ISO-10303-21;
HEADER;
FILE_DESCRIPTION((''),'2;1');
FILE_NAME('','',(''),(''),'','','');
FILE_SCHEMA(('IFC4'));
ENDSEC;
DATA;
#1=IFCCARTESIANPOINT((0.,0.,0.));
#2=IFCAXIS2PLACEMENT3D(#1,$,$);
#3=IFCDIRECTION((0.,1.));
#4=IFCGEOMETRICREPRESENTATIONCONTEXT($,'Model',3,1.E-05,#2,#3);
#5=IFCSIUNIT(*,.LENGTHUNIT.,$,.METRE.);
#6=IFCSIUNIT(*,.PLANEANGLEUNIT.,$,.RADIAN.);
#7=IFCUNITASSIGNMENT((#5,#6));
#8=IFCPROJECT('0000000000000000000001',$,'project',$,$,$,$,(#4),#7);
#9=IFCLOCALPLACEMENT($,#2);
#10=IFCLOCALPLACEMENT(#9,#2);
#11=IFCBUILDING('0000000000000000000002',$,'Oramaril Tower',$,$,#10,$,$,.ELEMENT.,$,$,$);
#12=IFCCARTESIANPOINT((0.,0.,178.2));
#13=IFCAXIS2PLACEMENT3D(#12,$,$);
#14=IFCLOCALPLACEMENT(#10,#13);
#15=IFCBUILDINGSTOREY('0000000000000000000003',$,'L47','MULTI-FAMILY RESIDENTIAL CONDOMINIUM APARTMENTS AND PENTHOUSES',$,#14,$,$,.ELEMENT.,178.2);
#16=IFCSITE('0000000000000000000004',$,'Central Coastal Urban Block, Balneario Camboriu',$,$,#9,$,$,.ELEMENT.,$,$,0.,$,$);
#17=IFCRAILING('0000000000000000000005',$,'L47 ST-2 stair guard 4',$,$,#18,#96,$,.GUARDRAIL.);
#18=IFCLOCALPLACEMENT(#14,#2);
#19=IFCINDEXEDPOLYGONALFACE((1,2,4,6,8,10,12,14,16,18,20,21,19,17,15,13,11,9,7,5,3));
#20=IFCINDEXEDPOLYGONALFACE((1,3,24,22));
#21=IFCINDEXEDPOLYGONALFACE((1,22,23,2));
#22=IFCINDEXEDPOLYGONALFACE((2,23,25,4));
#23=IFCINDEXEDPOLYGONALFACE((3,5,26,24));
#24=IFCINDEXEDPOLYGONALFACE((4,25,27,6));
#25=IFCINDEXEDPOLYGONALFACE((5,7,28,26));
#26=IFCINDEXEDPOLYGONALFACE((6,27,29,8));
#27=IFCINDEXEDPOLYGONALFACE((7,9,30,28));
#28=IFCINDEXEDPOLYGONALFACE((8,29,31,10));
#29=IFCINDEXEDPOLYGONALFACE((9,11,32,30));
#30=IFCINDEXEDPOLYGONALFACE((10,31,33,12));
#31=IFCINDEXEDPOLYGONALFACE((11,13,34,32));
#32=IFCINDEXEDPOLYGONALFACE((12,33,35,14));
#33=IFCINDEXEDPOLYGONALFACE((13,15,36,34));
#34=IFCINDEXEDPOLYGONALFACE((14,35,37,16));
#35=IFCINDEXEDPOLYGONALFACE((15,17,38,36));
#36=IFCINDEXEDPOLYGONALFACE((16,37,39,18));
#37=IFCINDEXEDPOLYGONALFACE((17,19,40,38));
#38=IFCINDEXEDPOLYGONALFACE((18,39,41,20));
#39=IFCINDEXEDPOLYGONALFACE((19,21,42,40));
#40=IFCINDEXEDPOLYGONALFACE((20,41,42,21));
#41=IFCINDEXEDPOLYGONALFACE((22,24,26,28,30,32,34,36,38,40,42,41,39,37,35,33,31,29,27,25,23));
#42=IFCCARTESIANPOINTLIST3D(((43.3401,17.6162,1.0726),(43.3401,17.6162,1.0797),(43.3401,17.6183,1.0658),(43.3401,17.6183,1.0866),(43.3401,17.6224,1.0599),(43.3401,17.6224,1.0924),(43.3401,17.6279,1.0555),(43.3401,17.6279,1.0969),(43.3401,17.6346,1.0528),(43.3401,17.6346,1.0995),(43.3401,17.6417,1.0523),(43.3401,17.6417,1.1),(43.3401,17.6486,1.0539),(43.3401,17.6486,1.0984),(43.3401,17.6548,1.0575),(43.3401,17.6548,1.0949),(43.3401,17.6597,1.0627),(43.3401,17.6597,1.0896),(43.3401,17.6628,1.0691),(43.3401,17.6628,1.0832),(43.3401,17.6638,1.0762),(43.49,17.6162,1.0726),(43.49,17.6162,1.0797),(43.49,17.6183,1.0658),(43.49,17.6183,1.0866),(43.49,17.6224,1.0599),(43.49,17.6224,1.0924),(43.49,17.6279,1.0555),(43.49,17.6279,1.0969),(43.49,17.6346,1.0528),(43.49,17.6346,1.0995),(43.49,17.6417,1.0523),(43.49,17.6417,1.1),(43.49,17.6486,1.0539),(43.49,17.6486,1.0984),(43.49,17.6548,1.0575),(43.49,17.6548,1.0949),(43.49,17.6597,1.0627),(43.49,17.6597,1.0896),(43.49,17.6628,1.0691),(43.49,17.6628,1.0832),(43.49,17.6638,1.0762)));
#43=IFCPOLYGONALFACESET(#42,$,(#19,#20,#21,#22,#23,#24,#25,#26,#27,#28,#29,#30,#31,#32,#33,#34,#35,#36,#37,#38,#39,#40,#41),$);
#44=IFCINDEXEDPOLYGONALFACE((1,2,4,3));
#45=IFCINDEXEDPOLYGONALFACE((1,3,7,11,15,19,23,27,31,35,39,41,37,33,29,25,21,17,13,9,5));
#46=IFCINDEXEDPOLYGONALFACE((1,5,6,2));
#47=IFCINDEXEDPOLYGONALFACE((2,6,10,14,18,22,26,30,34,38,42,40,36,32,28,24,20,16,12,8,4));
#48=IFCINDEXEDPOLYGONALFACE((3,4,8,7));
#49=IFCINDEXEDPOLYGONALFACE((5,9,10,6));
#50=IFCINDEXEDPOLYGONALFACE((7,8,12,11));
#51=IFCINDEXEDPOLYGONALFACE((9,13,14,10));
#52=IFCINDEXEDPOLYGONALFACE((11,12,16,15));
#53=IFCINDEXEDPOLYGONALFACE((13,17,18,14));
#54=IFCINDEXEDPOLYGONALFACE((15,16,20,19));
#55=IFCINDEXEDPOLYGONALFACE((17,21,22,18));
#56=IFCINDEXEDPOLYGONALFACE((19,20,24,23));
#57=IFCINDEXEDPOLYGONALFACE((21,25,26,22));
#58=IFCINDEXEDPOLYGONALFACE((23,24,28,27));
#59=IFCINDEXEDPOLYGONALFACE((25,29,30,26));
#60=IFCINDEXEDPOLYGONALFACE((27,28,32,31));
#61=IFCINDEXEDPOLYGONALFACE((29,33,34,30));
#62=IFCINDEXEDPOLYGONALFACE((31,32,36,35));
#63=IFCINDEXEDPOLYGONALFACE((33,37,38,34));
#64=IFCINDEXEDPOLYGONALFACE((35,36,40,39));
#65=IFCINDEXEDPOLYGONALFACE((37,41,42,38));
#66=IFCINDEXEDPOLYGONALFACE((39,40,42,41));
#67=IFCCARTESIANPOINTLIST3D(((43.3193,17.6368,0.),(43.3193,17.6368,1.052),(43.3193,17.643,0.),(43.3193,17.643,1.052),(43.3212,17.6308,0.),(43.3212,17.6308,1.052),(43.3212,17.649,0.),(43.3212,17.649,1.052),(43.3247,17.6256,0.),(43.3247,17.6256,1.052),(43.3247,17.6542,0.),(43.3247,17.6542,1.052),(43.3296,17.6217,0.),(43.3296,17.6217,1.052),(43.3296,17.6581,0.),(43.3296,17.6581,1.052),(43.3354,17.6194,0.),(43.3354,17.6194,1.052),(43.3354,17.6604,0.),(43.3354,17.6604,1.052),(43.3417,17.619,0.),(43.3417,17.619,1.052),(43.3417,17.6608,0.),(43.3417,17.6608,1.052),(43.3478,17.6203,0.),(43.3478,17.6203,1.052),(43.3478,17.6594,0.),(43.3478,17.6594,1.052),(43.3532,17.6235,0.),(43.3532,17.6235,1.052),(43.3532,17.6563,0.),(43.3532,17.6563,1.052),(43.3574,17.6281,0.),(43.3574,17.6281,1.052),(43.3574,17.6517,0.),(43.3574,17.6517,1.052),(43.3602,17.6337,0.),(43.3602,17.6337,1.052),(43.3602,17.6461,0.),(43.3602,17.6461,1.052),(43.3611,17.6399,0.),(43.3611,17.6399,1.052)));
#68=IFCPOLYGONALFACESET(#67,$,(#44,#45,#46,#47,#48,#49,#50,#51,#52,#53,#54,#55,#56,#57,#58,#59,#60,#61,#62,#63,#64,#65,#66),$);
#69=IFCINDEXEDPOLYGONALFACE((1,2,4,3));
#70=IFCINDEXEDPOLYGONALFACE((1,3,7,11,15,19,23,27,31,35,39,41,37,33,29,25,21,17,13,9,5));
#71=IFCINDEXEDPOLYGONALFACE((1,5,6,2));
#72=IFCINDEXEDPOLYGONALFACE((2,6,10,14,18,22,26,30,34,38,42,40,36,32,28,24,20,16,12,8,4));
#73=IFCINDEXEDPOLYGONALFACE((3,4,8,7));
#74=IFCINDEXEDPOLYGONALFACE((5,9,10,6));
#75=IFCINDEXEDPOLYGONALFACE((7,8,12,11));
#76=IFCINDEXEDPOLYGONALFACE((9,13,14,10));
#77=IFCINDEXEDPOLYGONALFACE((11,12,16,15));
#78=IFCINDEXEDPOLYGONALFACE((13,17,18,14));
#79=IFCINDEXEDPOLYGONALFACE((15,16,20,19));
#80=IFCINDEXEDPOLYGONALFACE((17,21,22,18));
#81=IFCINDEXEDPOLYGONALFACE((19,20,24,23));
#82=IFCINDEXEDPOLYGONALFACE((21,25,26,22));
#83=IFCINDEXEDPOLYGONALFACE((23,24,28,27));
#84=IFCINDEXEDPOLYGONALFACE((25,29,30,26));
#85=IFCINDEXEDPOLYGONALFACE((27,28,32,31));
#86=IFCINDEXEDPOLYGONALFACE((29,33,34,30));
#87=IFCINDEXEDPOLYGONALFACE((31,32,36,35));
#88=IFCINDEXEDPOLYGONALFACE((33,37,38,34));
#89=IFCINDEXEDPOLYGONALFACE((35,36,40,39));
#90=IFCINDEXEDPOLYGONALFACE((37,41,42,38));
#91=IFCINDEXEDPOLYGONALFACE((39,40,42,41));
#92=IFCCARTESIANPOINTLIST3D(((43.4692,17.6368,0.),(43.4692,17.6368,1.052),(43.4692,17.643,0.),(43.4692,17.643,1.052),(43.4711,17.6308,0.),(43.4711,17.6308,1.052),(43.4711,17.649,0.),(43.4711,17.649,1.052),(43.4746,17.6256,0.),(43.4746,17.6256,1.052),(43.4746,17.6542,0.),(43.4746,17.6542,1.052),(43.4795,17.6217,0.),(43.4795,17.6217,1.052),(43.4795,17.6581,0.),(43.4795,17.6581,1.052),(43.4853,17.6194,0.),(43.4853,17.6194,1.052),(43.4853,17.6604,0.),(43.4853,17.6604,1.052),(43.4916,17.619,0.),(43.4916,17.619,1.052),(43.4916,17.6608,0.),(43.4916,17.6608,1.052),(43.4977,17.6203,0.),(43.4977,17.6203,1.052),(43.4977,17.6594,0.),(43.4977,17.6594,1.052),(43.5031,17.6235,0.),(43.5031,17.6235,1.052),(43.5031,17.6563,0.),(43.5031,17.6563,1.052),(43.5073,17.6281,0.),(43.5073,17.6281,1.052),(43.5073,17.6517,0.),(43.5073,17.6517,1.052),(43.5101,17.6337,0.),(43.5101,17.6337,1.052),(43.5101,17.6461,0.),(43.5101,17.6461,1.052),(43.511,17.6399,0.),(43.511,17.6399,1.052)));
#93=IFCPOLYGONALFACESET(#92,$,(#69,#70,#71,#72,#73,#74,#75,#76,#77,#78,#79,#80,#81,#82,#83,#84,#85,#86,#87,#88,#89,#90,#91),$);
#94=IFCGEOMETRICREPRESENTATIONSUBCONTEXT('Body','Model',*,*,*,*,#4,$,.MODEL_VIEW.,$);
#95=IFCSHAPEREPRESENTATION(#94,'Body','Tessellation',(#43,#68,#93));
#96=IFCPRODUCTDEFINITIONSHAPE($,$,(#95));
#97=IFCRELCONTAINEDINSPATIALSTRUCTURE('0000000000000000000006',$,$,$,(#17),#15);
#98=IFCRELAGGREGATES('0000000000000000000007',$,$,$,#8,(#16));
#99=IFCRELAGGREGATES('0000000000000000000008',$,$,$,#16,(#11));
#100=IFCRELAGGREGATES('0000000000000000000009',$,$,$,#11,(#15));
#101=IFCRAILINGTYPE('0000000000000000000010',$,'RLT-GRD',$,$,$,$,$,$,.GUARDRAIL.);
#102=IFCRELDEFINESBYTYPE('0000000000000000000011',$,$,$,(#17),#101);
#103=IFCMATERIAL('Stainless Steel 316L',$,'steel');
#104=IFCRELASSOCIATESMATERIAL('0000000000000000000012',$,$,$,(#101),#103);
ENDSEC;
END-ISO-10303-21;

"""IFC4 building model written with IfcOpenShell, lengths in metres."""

from ifc_helpers import new_model, si_unit, direction, frame, origin, origin_2d, place, context, subcontext, project, spatial, circle, extrude, material, type_object, element, save


model = new_model("IFC4")

# Units and contexts
model_context = context("Model", 3, precision=1e-05, world=origin(), true_north=direction((0.0, 1.0)))
body_context = subcontext(model_context, "Body", "Model", "MODEL_VIEW")
ifc_project = project(units=[si_unit("LENGTHUNIT", "METRE"), si_unit("PLANEANGLEUNIT", "RADIAN")], contexts=[model_context])

# Site, building, storey
site_placement = place(None, origin())
site = spatial("IfcSite", under=ifc_project, at=site_placement, Name="Central Coastal Urban Block, Balneario Camboriu", CompositionType="ELEMENT", RefElevation=0.0)
building_placement = place(site_placement, origin())
building = spatial("IfcBuilding", under=site, at=building_placement, Name="Oramaril Tower", CompositionType="ELEMENT")
storey_placement = place(building_placement, frame((0.0, 0.0, 178.2)))
storey = spatial("IfcBuildingStorey", under=building, at=storey_placement, Name="L47", Description="MULTI-FAMILY RESIDENTIAL CONDOMINIUM APARTMENTS AND PENTHOUSES", CompositionType="ELEMENT", Elevation=178.2)

# Railing
ifc_material_1 = material(Name="Stainless Steel 316L", Category="steel")
railing_type = type_object("IfcRailingType", Name="RLT-GRD", PredefinedType="GUARDRAIL", material=ifc_material_1)
railing_1_placement = place(storey_placement, frame((43.3401, 17.6399, 0.0)))
element("IfcRailing", 1, at=railing_1_placement, inside=storey, type_object=railing_type, Name="L47 ST-2 stair guard 4", PredefinedType="GUARDRAIL", context=body_context, shape_type="SweptSolid", body=[
    extrude(circle(Radius=0.0239, at=origin_2d()), frame((0.0, 0.0, 1.0762), z_axis=(1.0, 0.0, 0.0), x_axis=(0.0, 1.0, 0.0)), (0.0, 0.0, 1.0), 0.1499),
    extrude(circle(Radius=0.021, at=origin_2d()), origin(), (0.0, 0.0, 1.0), 1.052),
    extrude(circle(Radius=0.021, at=origin_2d()), frame((0.1499, 0.0, 0.0)), (0.0, 0.0, 1.0), 1.052),
])

save(model, "model.ifc")
